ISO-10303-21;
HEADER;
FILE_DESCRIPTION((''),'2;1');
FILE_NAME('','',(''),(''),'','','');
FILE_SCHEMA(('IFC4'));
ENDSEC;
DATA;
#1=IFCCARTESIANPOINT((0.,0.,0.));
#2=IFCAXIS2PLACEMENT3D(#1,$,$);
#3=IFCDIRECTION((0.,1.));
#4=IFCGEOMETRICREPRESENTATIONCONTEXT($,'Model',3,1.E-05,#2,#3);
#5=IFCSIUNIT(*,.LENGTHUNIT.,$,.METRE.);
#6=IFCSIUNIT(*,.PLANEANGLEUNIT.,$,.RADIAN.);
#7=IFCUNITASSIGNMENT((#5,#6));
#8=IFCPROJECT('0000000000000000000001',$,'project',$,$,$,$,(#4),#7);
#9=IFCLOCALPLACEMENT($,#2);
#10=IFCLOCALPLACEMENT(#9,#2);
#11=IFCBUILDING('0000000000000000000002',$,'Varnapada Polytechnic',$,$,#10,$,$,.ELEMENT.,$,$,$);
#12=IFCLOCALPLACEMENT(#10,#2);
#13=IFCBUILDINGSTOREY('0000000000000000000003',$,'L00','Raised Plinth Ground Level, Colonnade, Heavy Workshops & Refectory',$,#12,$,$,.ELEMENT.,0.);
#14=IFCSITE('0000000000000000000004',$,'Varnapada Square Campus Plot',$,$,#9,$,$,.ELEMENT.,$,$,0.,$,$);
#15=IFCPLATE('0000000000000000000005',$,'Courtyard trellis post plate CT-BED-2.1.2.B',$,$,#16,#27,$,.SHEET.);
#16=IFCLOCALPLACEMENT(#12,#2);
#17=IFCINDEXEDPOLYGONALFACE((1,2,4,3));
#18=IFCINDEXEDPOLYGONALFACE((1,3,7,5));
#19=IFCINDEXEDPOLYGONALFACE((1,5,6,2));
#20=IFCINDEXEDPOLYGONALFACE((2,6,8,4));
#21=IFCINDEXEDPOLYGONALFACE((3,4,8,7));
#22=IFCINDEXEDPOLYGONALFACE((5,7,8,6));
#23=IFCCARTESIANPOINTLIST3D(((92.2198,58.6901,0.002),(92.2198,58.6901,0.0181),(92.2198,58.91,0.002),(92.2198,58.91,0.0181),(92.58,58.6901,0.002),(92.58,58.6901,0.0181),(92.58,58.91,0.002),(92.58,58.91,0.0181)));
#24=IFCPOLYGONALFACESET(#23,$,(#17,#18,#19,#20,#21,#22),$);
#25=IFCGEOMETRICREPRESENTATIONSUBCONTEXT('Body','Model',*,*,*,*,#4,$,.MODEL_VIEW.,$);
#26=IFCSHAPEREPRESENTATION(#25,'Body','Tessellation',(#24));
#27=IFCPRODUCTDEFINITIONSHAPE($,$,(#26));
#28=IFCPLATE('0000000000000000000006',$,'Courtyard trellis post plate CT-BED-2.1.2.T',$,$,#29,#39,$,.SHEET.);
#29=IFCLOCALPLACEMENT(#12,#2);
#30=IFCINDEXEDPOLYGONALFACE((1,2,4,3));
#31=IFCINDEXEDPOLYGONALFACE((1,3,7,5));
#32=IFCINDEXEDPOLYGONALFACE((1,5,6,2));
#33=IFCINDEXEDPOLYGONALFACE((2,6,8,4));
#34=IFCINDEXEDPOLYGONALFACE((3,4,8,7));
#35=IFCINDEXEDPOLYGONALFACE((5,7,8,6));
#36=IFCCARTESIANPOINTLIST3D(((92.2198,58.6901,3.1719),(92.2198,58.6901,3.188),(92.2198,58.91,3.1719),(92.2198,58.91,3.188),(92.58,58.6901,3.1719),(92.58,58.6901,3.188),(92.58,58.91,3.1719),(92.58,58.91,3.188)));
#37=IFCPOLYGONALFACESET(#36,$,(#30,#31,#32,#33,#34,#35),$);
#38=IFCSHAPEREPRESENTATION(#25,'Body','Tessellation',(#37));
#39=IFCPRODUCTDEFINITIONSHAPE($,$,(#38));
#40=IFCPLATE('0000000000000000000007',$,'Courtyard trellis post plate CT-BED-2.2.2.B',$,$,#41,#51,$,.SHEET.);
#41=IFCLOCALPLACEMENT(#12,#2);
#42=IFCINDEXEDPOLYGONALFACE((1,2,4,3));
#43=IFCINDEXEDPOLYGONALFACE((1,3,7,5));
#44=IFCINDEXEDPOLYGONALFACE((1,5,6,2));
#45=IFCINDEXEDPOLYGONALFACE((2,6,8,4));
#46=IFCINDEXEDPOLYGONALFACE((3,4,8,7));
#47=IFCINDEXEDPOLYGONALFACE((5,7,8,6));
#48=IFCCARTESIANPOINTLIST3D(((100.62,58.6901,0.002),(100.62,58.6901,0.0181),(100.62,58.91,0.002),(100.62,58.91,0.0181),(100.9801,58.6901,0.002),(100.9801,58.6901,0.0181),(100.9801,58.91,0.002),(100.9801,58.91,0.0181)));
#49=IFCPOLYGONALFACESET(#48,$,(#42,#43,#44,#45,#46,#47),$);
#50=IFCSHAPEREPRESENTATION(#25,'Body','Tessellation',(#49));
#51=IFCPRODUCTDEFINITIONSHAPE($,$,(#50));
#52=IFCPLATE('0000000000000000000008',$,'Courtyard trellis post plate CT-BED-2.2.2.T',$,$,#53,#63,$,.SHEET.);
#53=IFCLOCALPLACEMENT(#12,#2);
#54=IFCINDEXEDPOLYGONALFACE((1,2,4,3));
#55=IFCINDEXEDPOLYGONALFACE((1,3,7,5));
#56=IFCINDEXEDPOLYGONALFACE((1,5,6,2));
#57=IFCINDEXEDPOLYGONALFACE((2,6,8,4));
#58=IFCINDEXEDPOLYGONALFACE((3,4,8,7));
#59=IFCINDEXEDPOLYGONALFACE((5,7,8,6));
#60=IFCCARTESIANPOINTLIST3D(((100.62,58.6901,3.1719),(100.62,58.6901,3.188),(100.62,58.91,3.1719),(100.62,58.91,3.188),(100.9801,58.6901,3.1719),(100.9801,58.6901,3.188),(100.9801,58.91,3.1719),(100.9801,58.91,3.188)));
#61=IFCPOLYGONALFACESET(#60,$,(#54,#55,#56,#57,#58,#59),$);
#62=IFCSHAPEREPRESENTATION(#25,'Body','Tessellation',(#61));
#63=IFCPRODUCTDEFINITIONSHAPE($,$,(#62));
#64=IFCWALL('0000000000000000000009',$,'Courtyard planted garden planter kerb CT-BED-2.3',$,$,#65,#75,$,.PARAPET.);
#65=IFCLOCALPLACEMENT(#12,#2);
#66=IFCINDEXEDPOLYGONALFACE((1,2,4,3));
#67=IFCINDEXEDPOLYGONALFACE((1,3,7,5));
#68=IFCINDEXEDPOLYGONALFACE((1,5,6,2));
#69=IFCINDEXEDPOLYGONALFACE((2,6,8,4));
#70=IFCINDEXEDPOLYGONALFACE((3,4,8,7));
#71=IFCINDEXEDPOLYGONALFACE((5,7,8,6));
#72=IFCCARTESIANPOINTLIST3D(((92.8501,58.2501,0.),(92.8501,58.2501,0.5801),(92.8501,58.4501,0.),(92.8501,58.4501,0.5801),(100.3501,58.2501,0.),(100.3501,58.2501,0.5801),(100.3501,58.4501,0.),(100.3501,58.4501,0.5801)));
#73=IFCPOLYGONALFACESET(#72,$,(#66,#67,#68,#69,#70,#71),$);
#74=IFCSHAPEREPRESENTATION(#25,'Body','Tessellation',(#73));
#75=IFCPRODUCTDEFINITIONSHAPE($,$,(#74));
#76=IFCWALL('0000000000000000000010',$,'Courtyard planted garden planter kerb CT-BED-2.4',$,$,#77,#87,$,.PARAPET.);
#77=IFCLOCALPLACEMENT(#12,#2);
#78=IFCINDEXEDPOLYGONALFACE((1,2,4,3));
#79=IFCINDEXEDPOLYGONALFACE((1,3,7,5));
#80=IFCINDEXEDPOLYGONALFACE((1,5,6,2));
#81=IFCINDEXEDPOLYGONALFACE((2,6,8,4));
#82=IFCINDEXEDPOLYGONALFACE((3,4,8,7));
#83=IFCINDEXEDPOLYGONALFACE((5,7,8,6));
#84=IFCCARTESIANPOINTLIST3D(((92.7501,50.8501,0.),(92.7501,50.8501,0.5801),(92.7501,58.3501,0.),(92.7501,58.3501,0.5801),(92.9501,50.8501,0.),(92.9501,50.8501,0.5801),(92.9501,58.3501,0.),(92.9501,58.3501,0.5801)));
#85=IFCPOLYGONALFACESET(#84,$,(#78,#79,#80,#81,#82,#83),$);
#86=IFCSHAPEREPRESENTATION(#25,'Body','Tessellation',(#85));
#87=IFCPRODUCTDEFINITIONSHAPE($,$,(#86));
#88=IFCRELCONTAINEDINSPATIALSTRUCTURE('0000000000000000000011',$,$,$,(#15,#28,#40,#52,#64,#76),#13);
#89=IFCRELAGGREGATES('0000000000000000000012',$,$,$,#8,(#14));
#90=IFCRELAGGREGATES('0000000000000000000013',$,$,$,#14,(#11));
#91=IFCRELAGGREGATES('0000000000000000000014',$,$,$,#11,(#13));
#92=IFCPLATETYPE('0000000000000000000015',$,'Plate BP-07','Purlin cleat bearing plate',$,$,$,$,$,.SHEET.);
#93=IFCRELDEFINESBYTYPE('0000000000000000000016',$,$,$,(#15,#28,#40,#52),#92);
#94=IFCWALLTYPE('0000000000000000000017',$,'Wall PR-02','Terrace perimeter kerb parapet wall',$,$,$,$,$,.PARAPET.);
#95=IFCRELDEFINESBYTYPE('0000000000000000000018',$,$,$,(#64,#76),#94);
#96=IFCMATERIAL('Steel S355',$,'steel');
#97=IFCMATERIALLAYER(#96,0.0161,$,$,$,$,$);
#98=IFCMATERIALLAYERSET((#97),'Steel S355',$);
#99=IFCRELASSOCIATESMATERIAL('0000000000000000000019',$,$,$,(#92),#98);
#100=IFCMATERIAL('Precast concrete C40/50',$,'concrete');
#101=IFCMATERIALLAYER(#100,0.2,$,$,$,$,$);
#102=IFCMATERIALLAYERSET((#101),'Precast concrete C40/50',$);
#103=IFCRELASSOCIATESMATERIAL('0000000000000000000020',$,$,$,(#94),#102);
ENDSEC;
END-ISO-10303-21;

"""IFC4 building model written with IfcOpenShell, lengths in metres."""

from ifc_helpers import new_model, si_unit, direction, frame, frame_2d, origin, origin_2d, place, context, subcontext, project, spatial, rectangle, extrude, material, layer, layer_set, type_object, element, save


model = new_model("IFC4")

# Units and contexts
model_context = context("Model", 3, precision=1e-05, world=origin(), true_north=direction((0.0, 1.0)))
body_context = subcontext(model_context, "Body", "Model", "MODEL_VIEW")
ifc_project = project(units=[si_unit("LENGTHUNIT", "METRE"), si_unit("PLANEANGLEUNIT", "RADIAN")], contexts=[model_context])

# Site, building, storey
site_placement = place(None, origin())
site = spatial("IfcSite", under=ifc_project, at=site_placement, Name="Varnapada Square Campus Plot", CompositionType="ELEMENT", RefElevation=0.0)
building_placement = place(site_placement, origin())
building = spatial("IfcBuilding", under=site, at=building_placement, Name="Varnapada Polytechnic", CompositionType="ELEMENT")
storey_placement = place(building_placement, origin())
storey = spatial("IfcBuildingStorey", under=building, at=storey_placement, Name="L00", Description="Raised Plinth Ground Level, Colonnade, Heavy Workshops & Refectory", CompositionType="ELEMENT", Elevation=0.0)

# Shared definitions
ifc_material_1 = material(Name="Steel S355", Category="steel")

# Plates
ifc_layer_1 = layer(ifc_material_1, 0.0161)
ifc_layer_set_1 = layer_set([ifc_layer_1], Name="Steel S355")
plate_type = type_object("IfcPlateType", Name="Plate BP-07", Description="Purlin cleat bearing plate", PredefinedType="SHEET", material=ifc_layer_set_1)
for number, where, z_axis, x_axis, name in (
    (1, (92.3999, 58.8, 0.002), (0.0, 0.0, 1.0), (1.0, 0.0, 0.0), "Courtyard trellis post plate CT-BED-2.1.2.B"),
    (2, (92.3999, 58.8, 3.1719), (0.0, 0.0, 1.0), (1.0, 0.0, 0.0), "Courtyard trellis post plate CT-BED-2.1.2.T"),
    (3, (100.8, 58.8, 0.002), (0.0, 0.0, 1.0), (1.0, 0.0, 0.0), "Courtyard trellis post plate CT-BED-2.2.2.B"),
    (4, (100.8, 58.8, 3.1719), (0.0, 0.0, 1.0), (1.0, 0.0, 0.0), "Courtyard trellis post plate CT-BED-2.2.2.T"),
):
    element("IfcPlate", number, at=place(storey_placement, frame(where, z_axis=z_axis, x_axis=x_axis)), inside=storey, type_object=plate_type, Name=name, PredefinedType="SHEET", context=body_context, shape_type="SweptSolid", body=[
        extrude(rectangle(XDim=0.3601, YDim=0.22, at=origin_2d()), origin(), (0.0, 0.0, 1.0), 0.0161),
    ])

# Walls
ifc_material_2 = material(Name="Precast concrete C40/50", Category="concrete")
ifc_layer_2 = layer(ifc_material_2, 0.2)
ifc_layer_set_2 = layer_set([ifc_layer_2], Name="Precast concrete C40/50")
wall_type = type_object("IfcWallType", Name="Wall PR-02", Description="Terrace perimeter kerb parapet wall", PredefinedType="PARAPET", material=ifc_layer_set_2)
for number, where, z_axis, x_axis, name in (
    (5, (100.3501, 58.3501, 0.0), (0.0, 0.0, 1.0), (-1.0, 0.0, 0.0), "Courtyard planted garden planter kerb CT-BED-2.3"),
    (6, (92.8501, 58.3501, 0.0), (0.0, 0.0, 1.0), (0.0, -1.0, 0.0), "Courtyard planted garden planter kerb CT-BED-2.4"),
):
    element("IfcWall", number, at=place(storey_placement, frame(where, z_axis=z_axis, x_axis=x_axis)), inside=storey, type_object=wall_type, Name=name, PredefinedType="PARAPET", context=body_context, shape_type="SweptSolid", body=[
        extrude(rectangle(XDim=7.5, YDim=0.2, at=frame_2d((3.75, 0.0))), origin(), (0.0, 0.0, 1.0), 0.5801),
    ])

save(model, "model.ifc")
